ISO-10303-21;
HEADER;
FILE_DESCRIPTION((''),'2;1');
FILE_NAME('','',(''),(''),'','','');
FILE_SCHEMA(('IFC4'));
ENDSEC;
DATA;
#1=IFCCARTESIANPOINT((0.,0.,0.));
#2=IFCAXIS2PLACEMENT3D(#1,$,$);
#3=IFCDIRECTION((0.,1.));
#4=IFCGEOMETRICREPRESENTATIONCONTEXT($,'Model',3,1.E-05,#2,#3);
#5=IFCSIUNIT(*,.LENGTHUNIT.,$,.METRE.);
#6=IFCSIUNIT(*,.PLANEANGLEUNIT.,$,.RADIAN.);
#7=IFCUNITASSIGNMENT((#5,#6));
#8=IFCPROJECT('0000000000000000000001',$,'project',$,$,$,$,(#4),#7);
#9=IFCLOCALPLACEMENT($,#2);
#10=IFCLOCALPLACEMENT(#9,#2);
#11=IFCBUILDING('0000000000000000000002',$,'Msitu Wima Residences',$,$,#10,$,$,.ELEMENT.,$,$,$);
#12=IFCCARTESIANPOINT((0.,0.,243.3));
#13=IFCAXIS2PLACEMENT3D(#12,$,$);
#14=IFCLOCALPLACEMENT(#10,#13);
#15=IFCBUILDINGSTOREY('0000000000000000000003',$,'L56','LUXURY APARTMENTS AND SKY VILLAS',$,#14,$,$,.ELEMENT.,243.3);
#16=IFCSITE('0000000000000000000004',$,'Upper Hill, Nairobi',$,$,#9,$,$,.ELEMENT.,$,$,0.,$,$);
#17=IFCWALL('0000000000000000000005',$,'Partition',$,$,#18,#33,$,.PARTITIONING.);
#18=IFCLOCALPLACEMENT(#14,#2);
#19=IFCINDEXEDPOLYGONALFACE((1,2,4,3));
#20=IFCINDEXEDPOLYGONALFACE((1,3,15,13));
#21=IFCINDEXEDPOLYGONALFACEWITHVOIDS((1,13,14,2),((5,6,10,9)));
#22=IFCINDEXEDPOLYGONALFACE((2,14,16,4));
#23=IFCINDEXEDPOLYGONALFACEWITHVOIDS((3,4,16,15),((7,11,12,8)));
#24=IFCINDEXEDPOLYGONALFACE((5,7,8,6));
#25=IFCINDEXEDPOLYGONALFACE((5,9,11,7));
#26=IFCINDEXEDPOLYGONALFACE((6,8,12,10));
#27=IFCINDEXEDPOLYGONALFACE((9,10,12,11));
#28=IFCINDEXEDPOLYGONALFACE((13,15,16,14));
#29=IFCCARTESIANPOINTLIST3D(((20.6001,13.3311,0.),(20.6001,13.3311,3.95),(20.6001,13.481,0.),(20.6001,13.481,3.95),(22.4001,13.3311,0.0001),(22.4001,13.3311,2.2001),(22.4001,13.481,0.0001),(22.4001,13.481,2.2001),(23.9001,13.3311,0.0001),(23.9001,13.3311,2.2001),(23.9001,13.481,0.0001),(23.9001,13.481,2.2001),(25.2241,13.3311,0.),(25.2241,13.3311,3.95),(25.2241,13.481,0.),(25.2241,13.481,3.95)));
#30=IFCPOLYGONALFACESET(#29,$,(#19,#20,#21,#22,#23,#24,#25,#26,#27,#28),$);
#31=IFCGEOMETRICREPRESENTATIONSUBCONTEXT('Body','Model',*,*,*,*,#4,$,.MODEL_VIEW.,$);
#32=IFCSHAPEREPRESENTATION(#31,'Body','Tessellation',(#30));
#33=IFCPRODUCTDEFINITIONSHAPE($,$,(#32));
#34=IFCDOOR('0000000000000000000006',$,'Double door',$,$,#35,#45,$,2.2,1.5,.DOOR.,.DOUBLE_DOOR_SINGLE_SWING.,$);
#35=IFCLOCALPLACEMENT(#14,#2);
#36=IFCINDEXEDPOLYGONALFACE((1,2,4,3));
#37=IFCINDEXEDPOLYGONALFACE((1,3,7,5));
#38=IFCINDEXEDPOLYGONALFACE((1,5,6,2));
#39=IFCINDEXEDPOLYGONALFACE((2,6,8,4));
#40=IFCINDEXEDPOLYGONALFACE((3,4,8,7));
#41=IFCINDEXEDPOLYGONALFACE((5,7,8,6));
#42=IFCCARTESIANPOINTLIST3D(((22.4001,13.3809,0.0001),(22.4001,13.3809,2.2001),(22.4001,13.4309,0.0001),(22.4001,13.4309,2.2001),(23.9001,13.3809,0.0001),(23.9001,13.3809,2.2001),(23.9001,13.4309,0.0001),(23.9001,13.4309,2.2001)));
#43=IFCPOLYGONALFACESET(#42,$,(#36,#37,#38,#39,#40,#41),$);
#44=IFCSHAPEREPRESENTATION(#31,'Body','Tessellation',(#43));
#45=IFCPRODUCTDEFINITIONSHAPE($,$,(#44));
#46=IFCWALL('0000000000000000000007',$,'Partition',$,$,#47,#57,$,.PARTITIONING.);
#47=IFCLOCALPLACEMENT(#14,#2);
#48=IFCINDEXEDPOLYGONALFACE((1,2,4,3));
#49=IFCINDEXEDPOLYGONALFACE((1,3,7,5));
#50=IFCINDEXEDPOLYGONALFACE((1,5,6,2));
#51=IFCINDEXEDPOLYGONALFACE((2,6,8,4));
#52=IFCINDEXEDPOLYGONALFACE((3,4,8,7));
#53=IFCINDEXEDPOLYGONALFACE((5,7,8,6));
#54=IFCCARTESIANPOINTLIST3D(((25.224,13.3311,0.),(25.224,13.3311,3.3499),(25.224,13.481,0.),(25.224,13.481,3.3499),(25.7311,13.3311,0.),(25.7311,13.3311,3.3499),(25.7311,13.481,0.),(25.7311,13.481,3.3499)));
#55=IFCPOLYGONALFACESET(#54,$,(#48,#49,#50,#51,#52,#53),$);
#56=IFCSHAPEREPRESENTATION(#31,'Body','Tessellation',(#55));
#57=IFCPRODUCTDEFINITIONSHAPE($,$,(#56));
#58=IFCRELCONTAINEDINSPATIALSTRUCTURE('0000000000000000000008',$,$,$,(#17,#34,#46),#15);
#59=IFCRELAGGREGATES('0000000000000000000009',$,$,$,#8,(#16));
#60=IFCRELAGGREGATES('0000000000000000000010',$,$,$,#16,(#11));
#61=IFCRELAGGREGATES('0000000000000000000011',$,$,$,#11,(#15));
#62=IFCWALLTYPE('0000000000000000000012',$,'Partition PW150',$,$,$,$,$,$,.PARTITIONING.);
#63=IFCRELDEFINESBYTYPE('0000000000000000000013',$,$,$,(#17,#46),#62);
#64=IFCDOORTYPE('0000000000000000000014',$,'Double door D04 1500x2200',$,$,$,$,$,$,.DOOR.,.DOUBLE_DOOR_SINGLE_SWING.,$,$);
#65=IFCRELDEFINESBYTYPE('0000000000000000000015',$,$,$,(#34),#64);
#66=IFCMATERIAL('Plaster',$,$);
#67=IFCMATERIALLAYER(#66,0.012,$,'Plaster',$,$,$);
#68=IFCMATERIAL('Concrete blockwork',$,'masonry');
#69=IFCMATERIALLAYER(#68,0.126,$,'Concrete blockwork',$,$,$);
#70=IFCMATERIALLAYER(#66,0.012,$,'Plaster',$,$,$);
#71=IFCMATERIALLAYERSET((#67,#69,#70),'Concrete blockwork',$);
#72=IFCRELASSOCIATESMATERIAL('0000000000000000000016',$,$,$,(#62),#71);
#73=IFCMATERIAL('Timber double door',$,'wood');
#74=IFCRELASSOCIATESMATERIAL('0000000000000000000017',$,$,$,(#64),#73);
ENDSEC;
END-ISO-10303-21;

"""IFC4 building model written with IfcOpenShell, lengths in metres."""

from ifc_helpers import new_model, si_unit, direction, frame, frame_2d, origin, place, context, subcontext, project, spatial, rectangle, extrude, material, layer, layer_set, type_object, element, fill, save


model = new_model("IFC4")

# Units and contexts
model_context = context("Model", 3, precision=1e-05, world=origin(), true_north=direction((0.0, 1.0)))
body_context = subcontext(model_context, "Body", "Model", "MODEL_VIEW")
ifc_project = project(units=[si_unit("LENGTHUNIT", "METRE"), si_unit("PLANEANGLEUNIT", "RADIAN")], contexts=[model_context])

# Site, building, storey
site_placement = place(None, origin())
site = spatial("IfcSite", under=ifc_project, at=site_placement, Name="Upper Hill, Nairobi", CompositionType="ELEMENT", RefElevation=0.0)
building_placement = place(site_placement, origin())
building = spatial("IfcBuilding", under=site, at=building_placement, Name="Msitu Wima Residences", CompositionType="ELEMENT")
storey_placement = place(building_placement, frame((0.0, 0.0, 243.3)))
storey = spatial("IfcBuildingStorey", under=building, at=storey_placement, Name="L56", Description="LUXURY APARTMENTS AND SKY VILLAS", CompositionType="ELEMENT", Elevation=243.3)

# Shared definitions
ifc_material_1 = material(Name="Plaster")
ifc_material_2 = material(Name="Concrete blockwork", Category="masonry")

# Shared definitions
ifc_layer_1 = layer(ifc_material_1, 0.012, Name="Plaster")
ifc_layer_2 = layer(ifc_material_2, 0.126, Name="Concrete blockwork")
ifc_layer_3 = layer(ifc_material_1, 0.012, Name="Plaster")
ifc_layer_set_1 = layer_set([ifc_layer_1, ifc_layer_2, ifc_layer_3], Name="Concrete blockwork")
wall_type_1 = type_object("IfcWallType", Name="Partition PW150", PredefinedType="PARTITIONING", material=ifc_layer_set_1)

# Wall, opening, door
wall_1_placement = place(storey_placement, frame((20.6001, 13.406, 0.0), z_axis=(0.0, 0.0, 1.0), x_axis=(1.0, 0.0, 0.0)))
wall_1 = element("IfcWall", 1, at=wall_1_placement, inside=storey, type_object=wall_type_1, Name="Partition", PredefinedType="PARTITIONING", context=body_context, shape_type="SweptSolid", body=[
    extrude(rectangle(XDim=4.624, YDim=0.1499, at=frame_2d((2.312, 0.0))), origin(), (0.0, 0.0, 1.0), 3.95),
])
opening_1_placement = place(wall_1_placement, frame((1.8, 0.0, 0.0)))
opening_1 = element("IfcOpeningElement", 2, at=opening_1_placement, cuts=wall_1, PredefinedType="OPENING", context=body_context, shape_type="SweptSolid", body=[
    extrude(rectangle(XDim=1.5, YDim=2.2, at=frame_2d((0.75, 1.1001))), frame((0.0, 0.085, 0.0), z_axis=(0.0, -1.0, 0.0), x_axis=(1.0, 0.0, 0.0)), (0.0, 0.0, 1.0), 0.1699),
])
ifc_material_3 = material(Name="Timber double door", Category="wood")
door_type_1 = type_object("IfcDoorType", Name="Double door D04 1500x2200", OperationType="DOUBLE_DOOR_SINGLE_SWING", PredefinedType="DOOR", material=ifc_material_3)
door_1_placement = place(opening_1_placement, origin())
door_1 = element("IfcDoor", 3, at=door_1_placement, inside=storey, type_object=door_type_1, Name="Double door", OperationType="DOUBLE_DOOR_SINGLE_SWING", OverallHeight=2.2, OverallWidth=1.5, PredefinedType="DOOR", context=body_context, shape_type="SweptSolid", body=[
    extrude(rectangle(XDim=1.5, YDim=2.2, at=frame_2d((0.75, 1.1001))), frame((0.0, 0.0249, 0.0), z_axis=(0.0, -1.0, 0.0), x_axis=(1.0, 0.0, 0.0)), (0.0, 0.0, 1.0), 0.05),
])
fill(opening_1, door_1)

# Wall
wall_2_placement = place(storey_placement, frame((25.2241, 13.406, 0.0), z_axis=(0.0, 0.0, 1.0), x_axis=(1.0, 0.0, 0.0)))
element("IfcWall", 4, at=wall_2_placement, inside=storey, type_object=wall_type_1, Name="Partition", PredefinedType="PARTITIONING", context=body_context, shape_type="SweptSolid", body=[
    extrude(rectangle(XDim=0.5071, YDim=0.1499, at=frame_2d((0.2534, 0.0))), origin(), (0.0, 0.0, 1.0), 3.3499),
])

save(model, "model.ifc")
